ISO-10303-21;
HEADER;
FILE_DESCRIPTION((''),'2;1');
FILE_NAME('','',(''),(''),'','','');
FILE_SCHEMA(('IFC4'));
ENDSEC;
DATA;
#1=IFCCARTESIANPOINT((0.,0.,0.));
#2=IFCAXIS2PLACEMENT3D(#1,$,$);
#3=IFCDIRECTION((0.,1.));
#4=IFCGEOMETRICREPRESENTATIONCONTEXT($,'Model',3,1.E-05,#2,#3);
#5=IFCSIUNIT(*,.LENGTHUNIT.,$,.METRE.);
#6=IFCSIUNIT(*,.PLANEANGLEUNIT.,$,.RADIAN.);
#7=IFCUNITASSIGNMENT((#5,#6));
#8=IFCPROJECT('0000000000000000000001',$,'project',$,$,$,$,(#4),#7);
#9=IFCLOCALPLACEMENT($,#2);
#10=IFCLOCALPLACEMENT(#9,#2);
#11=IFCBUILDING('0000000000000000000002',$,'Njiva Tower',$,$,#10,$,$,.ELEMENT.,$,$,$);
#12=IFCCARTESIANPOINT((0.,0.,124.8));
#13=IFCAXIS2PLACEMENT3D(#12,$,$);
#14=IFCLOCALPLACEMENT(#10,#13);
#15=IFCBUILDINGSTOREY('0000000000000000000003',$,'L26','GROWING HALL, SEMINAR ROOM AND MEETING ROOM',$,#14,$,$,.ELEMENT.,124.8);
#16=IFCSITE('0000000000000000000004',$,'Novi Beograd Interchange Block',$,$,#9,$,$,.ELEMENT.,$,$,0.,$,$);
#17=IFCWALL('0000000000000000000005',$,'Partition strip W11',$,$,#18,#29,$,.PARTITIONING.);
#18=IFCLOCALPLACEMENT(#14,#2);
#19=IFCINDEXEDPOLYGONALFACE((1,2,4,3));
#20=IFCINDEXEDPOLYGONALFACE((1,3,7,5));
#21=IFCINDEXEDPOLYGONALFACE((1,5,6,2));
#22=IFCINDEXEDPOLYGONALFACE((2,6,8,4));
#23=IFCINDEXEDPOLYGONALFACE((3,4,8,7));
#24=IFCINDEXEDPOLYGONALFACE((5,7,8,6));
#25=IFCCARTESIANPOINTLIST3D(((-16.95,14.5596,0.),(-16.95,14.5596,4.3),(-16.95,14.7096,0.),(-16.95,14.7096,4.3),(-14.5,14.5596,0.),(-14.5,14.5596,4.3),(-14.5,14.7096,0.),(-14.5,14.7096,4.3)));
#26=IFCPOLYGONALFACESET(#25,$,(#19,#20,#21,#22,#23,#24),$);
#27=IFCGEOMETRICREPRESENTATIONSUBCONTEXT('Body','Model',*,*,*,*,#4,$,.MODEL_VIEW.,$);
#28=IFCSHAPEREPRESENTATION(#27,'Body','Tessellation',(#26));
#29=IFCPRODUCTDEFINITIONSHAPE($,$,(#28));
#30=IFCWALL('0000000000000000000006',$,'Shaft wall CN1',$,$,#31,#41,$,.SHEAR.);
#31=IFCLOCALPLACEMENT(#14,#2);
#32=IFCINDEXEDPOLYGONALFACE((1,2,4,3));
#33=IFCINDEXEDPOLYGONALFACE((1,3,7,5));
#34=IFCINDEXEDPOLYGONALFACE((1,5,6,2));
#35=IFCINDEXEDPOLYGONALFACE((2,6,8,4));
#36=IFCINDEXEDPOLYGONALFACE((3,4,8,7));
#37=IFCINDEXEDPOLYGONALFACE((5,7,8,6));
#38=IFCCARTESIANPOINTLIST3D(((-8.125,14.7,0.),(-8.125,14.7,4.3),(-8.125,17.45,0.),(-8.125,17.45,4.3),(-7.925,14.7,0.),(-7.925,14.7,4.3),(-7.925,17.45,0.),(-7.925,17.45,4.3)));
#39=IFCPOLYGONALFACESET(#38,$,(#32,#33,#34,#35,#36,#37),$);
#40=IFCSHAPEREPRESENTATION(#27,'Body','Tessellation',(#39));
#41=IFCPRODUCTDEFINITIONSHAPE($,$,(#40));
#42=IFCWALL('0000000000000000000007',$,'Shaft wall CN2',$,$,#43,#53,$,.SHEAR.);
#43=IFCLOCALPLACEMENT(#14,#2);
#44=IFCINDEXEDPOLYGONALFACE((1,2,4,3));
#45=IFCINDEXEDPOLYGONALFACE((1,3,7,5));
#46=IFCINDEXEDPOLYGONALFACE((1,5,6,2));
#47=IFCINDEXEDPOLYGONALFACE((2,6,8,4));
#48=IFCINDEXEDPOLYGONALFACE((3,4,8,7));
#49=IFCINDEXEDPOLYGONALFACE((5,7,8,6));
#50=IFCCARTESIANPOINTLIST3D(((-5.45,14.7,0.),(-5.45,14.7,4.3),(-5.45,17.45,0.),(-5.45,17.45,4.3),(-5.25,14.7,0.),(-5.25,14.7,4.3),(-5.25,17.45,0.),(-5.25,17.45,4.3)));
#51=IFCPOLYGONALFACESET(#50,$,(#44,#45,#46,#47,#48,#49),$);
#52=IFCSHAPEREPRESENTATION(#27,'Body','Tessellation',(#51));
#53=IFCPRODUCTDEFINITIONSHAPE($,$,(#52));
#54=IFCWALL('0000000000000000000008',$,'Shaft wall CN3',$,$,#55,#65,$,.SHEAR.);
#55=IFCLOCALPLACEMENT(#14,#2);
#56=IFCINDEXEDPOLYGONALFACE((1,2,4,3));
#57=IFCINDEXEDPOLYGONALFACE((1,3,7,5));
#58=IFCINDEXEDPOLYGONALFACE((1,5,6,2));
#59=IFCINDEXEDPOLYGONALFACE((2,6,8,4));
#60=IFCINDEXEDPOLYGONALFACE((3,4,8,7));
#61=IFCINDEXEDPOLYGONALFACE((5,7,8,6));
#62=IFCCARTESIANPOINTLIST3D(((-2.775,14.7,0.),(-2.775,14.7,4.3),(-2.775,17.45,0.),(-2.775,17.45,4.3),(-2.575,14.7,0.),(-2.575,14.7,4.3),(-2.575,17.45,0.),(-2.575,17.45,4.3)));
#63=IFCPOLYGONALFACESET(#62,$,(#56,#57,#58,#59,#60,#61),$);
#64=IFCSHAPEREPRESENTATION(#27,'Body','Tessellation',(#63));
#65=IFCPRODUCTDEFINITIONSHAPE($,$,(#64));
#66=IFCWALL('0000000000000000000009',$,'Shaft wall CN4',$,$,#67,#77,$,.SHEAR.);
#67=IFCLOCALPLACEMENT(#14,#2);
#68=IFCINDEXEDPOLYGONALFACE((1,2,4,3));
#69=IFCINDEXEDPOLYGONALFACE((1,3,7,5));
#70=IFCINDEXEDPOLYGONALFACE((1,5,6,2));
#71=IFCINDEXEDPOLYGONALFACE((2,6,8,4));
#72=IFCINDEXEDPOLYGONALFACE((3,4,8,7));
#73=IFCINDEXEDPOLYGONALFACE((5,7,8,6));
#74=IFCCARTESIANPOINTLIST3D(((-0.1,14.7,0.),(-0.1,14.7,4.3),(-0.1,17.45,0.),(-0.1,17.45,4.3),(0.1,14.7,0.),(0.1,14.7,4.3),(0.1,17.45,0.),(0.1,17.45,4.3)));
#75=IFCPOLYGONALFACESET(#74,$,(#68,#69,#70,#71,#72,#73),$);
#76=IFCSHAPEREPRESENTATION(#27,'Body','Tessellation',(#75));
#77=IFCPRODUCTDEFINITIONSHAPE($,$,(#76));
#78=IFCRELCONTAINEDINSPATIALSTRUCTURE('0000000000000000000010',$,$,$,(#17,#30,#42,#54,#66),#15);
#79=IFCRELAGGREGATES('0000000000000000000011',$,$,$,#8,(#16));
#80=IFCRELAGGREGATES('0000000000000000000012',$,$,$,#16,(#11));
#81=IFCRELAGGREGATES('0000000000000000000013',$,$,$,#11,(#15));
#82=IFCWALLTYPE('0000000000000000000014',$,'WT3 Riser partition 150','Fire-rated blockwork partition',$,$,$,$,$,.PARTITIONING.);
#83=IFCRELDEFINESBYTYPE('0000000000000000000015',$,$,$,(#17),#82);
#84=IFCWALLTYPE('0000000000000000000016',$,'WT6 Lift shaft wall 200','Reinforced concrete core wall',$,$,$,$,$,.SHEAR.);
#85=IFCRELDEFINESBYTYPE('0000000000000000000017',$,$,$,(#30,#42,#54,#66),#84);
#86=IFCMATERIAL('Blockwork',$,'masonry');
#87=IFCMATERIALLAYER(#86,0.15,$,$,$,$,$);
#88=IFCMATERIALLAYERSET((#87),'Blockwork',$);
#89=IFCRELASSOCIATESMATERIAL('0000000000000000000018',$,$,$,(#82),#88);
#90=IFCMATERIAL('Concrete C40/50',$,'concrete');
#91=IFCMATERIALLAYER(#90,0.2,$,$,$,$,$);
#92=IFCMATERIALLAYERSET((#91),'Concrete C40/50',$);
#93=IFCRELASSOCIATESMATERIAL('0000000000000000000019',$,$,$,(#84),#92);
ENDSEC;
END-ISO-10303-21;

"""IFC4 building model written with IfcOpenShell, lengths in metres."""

from ifc_helpers import new_model, si_unit, direction, frame, frame_2d, origin, place, context, subcontext, project, spatial, rectangle, extrude, material, layer, layer_set, type_object, element, save


model = new_model("IFC4")

# Units and contexts
model_context = context("Model", 3, precision=1e-05, world=origin(), true_north=direction((0.0, 1.0)))
body_context = subcontext(model_context, "Body", "Model", "MODEL_VIEW")
ifc_project = project(units=[si_unit("LENGTHUNIT", "METRE"), si_unit("PLANEANGLEUNIT", "RADIAN")], contexts=[model_context])

# Site, building, storey
site_placement = place(None, origin())
site = spatial("IfcSite", under=ifc_project, at=site_placement, Name="Novi Beograd Interchange Block", CompositionType="ELEMENT", RefElevation=0.0)
building_placement = place(site_placement, origin())
building = spatial("IfcBuilding", under=site, at=building_placement, Name="Njiva Tower", CompositionType="ELEMENT")
storey_placement = place(building_placement, frame((0.0, 0.0, 124.8)))
storey = spatial("IfcBuildingStorey", under=building, at=storey_placement, Name="L26", Description="GROWING HALL, SEMINAR ROOM AND MEETING ROOM", CompositionType="ELEMENT", Elevation=124.8)

# Shared definitions
ifc_material_1 = material(Name="Blockwork", Category="masonry")

# Walls
ifc_layer_1 = layer(ifc_material_1, 0.15)
ifc_layer_set_1 = layer_set([ifc_layer_1], Name="Blockwork")
wall_type_1 = type_object("IfcWallType", Name="WT3 Riser partition 150", Description="Fire-rated blockwork partition", PredefinedType="PARTITIONING", material=ifc_layer_set_1)
wall_1_placement = place(storey_placement, frame((-16.95, 14.6346, 0.0), z_axis=(0.0, 0.0, 1.0), x_axis=(1.0, 0.0, 0.0)))
element("IfcWall", 1, at=wall_1_placement, inside=storey, type_object=wall_type_1, Name="Partition strip W11", PredefinedType="PARTITIONING", context=body_context, shape_type="SweptSolid", body=[
    extrude(rectangle(XDim=2.45, YDim=0.15, at=frame_2d((1.225, 0.0))), origin(), (0.0, 0.0, 1.0), 4.3),
])
ifc_material_2 = material(Name="Concrete C40/50", Category="concrete")
ifc_layer_2 = layer(ifc_material_2, 0.2)
ifc_layer_set_2 = layer_set([ifc_layer_2], Name="Concrete C40/50")
wall_type_2 = type_object("IfcWallType", Name="WT6 Lift shaft wall 200", Description="Reinforced concrete core wall", PredefinedType="SHEAR", material=ifc_layer_set_2)
for number, where, z_axis, x_axis, name in (
    (2, (-8.025, 14.7, 0.0), (0.0, 0.0, 1.0), (0.0, 1.0, 0.0), "Shaft wall CN1"),
    (3, (-5.35, 14.7, 0.0), (0.0, 0.0, 1.0), (0.0, 1.0, 0.0), "Shaft wall CN2"),
    (4, (-2.675, 14.7, 0.0), (0.0, 0.0, 1.0), (0.0, 1.0, 0.0), "Shaft wall CN3"),
    (5, (0.0, 14.7, 0.0), (0.0, 0.0, 1.0), (0.0, 1.0, 0.0), "Shaft wall CN4"),
):
    element("IfcWall", number, at=place(storey_placement, frame(where, z_axis=z_axis, x_axis=x_axis)), inside=storey, type_object=wall_type_2, Name=name, PredefinedType="SHEAR", context=body_context, shape_type="SweptSolid", body=[
        extrude(rectangle(XDim=2.75, YDim=0.2, at=frame_2d((1.375, 0.0))), origin(), (0.0, 0.0, 1.0), 4.3),
    ])

save(model, "model.ifc")
